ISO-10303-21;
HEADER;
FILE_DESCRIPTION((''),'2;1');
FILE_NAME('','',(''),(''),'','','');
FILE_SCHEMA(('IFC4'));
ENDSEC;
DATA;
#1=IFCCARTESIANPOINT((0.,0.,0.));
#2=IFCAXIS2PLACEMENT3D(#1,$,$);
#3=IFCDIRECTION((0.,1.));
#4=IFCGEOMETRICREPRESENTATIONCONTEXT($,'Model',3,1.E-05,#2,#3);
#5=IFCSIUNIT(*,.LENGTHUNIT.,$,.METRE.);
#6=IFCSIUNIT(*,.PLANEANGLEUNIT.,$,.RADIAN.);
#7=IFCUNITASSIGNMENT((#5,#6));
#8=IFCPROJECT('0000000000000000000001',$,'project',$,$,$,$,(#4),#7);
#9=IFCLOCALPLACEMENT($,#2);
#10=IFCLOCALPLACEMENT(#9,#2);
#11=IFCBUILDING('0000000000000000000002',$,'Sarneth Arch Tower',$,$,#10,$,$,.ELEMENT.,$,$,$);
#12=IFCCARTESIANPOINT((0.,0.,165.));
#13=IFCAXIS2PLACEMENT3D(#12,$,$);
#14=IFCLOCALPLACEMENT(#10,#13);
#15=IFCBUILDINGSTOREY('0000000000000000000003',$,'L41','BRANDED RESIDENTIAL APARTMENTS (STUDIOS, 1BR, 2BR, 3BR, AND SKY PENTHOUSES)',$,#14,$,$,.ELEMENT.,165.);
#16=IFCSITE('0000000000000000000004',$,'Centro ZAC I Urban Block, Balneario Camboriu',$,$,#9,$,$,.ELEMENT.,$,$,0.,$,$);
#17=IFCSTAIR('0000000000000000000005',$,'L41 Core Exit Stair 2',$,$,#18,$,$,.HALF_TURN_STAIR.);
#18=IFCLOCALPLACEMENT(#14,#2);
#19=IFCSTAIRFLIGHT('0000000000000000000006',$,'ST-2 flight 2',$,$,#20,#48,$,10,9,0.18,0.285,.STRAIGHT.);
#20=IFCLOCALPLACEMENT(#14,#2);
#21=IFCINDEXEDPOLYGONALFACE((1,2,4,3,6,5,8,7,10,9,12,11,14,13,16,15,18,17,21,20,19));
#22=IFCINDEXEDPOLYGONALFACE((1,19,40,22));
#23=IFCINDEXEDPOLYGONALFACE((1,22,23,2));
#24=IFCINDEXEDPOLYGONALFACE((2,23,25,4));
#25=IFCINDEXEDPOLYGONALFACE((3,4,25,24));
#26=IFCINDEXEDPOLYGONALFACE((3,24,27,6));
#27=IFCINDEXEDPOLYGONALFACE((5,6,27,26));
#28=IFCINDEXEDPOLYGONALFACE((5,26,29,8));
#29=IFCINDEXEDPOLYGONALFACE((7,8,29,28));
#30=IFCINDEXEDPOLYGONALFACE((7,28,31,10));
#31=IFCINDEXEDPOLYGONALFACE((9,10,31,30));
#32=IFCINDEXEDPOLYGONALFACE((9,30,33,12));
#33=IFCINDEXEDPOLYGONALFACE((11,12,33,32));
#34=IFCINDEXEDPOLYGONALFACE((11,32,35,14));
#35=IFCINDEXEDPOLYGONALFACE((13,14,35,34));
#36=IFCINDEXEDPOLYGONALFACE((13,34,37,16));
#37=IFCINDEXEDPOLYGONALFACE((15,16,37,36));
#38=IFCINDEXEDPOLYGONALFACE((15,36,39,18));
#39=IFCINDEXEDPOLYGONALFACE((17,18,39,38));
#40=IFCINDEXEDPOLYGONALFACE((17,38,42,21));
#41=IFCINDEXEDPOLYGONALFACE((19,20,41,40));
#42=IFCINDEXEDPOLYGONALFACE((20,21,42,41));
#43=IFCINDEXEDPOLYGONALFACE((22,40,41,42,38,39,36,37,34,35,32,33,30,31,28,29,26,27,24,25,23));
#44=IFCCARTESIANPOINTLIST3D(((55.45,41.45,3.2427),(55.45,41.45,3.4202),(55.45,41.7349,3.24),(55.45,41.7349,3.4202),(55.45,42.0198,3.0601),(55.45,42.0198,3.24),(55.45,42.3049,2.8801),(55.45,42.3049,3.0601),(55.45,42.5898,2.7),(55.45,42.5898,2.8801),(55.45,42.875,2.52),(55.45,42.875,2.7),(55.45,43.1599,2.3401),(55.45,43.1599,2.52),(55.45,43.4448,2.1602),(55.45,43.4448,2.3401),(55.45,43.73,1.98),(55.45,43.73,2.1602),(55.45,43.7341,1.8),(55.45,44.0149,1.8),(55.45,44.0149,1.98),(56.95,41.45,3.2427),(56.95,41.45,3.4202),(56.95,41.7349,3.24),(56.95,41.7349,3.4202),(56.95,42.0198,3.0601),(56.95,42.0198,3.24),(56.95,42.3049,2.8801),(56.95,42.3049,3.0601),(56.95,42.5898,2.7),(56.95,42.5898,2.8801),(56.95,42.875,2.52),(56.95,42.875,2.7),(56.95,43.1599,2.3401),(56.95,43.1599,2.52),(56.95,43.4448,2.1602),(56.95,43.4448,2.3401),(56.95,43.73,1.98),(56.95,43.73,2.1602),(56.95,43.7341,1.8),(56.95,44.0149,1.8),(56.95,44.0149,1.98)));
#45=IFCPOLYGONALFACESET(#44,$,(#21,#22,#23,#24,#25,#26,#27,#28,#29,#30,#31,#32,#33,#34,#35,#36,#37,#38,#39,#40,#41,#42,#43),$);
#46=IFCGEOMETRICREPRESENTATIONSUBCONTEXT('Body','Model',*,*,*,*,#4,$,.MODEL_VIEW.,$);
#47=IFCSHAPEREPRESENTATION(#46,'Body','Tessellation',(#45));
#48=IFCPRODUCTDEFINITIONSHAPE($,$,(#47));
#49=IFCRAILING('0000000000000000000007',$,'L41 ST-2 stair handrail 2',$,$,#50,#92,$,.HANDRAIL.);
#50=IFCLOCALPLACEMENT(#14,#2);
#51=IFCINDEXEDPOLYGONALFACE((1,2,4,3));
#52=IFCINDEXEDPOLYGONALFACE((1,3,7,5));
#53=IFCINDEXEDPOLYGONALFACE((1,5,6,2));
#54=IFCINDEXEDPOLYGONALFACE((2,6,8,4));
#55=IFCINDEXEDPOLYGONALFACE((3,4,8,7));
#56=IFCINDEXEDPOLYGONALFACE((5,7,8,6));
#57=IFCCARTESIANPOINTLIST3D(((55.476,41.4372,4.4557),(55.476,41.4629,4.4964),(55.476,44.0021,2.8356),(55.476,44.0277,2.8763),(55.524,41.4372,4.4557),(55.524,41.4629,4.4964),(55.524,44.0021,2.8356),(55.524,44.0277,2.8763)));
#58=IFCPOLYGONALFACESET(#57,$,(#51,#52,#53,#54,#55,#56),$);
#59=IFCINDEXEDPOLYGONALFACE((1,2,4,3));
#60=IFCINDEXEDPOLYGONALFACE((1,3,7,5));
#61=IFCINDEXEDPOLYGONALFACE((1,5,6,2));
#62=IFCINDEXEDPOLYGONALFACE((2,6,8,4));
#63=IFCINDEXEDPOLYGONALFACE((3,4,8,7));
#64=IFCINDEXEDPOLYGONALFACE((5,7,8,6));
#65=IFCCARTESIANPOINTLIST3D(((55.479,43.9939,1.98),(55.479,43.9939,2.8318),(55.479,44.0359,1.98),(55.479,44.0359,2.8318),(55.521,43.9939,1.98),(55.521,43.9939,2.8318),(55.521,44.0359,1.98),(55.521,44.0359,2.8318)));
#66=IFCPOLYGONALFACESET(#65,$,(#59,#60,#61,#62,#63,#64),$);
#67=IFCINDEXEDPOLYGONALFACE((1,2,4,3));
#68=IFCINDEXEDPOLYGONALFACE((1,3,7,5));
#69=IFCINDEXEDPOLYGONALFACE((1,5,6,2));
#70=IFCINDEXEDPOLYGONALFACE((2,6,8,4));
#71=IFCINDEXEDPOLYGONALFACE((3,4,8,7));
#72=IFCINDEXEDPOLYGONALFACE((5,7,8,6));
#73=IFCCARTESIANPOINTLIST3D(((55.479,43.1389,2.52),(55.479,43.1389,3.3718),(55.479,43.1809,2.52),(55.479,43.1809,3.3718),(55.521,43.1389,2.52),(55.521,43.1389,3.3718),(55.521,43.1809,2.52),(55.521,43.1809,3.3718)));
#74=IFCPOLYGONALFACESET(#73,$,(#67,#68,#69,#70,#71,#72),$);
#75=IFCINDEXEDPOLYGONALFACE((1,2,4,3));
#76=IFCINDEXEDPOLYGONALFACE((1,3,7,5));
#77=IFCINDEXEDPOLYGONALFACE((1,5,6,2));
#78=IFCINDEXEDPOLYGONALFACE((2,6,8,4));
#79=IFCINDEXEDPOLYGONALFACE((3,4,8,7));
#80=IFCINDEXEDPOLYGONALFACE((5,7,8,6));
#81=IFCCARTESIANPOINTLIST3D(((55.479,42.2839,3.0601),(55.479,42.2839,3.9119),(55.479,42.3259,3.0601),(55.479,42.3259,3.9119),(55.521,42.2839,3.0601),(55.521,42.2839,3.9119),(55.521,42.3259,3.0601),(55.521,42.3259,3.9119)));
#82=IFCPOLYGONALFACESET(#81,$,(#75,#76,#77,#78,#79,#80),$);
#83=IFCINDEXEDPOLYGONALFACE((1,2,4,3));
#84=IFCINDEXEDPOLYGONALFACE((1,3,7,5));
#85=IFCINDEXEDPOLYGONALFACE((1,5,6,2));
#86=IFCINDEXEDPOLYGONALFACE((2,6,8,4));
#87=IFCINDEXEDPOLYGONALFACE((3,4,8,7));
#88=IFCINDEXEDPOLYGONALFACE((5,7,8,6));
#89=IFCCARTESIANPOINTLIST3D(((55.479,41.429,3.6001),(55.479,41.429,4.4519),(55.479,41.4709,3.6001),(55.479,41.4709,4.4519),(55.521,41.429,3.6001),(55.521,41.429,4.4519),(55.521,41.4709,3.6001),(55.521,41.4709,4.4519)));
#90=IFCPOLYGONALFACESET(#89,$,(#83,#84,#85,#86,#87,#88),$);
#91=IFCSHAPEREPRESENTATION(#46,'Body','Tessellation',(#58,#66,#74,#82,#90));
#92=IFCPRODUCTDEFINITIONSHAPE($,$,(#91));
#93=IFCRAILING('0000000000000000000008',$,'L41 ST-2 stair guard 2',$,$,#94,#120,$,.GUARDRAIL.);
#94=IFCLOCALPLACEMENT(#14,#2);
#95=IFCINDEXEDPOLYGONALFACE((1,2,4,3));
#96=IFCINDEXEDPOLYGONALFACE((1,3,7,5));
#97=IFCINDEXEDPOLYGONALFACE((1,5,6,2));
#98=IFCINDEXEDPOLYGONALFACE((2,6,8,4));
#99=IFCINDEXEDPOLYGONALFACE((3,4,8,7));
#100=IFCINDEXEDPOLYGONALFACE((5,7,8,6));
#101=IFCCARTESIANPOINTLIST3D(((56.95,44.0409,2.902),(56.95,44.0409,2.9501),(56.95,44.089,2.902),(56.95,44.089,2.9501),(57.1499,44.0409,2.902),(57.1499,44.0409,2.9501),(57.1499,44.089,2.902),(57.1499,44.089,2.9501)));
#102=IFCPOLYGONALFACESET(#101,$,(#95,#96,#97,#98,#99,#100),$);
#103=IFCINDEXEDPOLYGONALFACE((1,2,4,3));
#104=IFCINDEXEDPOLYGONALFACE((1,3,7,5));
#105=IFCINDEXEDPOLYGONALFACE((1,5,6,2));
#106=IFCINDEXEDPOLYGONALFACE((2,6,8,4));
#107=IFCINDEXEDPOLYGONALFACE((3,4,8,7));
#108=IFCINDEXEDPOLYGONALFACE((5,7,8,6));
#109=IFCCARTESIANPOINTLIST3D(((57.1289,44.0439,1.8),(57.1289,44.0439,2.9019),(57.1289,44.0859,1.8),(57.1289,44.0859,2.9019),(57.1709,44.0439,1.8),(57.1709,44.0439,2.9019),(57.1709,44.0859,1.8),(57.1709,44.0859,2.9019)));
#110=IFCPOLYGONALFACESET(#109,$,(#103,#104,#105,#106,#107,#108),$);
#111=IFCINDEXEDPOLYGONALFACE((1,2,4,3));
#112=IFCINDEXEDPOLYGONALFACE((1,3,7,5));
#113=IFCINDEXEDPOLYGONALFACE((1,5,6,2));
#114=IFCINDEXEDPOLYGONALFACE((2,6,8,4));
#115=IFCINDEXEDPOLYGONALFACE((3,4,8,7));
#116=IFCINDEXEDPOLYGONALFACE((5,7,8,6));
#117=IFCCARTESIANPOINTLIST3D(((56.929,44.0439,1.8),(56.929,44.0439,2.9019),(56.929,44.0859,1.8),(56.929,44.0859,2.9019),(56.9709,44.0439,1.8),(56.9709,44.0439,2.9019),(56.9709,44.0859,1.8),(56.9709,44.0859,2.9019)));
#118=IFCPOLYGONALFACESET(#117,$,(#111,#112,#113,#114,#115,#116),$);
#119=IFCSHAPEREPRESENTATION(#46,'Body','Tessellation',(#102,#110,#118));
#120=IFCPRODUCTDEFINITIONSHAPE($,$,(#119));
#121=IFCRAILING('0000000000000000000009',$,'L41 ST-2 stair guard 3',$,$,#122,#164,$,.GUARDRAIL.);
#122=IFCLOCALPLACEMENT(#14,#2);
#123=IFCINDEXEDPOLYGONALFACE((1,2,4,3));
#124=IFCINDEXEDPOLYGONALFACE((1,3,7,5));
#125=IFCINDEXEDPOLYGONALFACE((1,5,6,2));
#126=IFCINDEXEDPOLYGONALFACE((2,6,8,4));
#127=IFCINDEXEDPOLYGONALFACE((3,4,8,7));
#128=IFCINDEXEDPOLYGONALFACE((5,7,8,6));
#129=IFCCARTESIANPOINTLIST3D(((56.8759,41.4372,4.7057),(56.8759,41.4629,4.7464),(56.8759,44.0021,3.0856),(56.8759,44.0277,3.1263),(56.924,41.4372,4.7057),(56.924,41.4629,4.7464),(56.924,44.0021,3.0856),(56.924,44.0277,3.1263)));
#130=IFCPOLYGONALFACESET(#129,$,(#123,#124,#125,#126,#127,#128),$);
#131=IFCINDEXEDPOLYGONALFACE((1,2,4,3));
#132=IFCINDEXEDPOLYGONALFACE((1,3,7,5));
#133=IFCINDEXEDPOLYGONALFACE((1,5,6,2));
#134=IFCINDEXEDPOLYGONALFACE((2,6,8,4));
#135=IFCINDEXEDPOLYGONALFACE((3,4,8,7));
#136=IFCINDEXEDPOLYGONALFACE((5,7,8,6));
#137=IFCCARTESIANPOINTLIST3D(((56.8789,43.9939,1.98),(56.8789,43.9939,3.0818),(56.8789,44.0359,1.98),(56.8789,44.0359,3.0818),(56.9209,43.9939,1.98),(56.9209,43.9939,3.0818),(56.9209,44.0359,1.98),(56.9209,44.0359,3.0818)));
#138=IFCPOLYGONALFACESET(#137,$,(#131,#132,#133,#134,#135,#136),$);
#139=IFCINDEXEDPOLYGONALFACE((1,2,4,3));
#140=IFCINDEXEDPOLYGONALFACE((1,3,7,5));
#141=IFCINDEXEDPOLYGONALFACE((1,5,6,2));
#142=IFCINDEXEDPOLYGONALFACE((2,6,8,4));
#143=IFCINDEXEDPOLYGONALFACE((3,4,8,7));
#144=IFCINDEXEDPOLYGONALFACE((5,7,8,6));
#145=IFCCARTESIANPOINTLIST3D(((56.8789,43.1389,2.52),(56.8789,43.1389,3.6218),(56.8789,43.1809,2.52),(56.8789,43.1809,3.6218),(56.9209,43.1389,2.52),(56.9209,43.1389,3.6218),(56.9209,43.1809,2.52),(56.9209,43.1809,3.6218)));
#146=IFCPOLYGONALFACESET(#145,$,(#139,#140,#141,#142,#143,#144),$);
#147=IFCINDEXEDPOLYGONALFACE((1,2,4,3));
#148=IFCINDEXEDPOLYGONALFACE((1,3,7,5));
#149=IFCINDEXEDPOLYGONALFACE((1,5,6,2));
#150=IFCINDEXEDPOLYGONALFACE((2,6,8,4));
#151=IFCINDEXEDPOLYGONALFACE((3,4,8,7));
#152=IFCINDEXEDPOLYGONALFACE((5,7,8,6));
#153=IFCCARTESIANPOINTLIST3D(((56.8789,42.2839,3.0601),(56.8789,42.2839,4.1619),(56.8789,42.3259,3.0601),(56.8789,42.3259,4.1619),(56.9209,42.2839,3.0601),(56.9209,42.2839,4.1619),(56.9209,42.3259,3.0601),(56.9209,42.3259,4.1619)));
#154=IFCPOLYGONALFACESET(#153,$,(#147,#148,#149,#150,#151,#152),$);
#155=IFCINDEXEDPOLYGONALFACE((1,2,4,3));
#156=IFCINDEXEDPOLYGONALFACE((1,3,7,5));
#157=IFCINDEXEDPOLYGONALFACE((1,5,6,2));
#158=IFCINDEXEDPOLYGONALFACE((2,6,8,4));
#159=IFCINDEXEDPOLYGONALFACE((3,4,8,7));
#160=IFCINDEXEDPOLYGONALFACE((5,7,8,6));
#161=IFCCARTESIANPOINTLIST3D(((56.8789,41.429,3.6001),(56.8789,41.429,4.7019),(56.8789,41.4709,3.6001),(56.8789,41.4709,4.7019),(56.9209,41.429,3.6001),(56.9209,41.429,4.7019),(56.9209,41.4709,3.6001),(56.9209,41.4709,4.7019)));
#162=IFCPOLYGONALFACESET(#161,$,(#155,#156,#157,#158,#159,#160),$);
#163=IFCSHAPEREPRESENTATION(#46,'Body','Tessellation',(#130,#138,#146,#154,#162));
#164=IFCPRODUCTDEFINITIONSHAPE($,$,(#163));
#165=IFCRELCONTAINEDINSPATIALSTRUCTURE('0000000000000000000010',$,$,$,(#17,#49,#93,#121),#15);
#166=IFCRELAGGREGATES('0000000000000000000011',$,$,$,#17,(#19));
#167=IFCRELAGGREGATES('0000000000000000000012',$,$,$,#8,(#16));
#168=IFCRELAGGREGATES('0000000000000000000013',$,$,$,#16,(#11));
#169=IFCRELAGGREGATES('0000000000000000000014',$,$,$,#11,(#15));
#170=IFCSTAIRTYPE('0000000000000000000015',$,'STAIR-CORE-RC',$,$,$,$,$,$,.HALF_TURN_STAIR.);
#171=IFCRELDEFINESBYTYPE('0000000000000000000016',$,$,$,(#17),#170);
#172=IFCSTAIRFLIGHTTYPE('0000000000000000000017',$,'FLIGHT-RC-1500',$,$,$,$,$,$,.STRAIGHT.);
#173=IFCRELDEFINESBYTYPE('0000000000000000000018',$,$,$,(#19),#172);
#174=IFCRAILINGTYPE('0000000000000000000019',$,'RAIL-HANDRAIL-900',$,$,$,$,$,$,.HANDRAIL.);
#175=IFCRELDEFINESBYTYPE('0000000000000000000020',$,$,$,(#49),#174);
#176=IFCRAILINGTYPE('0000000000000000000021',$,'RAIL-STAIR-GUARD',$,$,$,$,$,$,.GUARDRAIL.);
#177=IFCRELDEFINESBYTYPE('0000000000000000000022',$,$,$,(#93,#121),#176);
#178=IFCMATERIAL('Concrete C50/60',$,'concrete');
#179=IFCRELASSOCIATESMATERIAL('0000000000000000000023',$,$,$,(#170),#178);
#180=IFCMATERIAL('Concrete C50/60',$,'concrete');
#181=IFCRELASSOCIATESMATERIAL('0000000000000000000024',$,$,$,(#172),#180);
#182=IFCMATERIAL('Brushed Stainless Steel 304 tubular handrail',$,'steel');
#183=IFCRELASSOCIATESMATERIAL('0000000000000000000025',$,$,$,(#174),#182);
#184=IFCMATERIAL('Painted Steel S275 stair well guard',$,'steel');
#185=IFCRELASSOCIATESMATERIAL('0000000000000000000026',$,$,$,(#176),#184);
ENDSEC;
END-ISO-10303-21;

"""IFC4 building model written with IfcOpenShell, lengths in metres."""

from ifc_helpers import new_model, si_unit, direction, frame, origin, origin_2d, place, context, subcontext, project, spatial, polyline, rectangle, outline, extrude, material, type_object, element, aggregate, save


model = new_model("IFC4")

# Units and contexts
model_context = context("Model", 3, precision=1e-05, world=origin(), true_north=direction((0.0, 1.0)))
body_context = subcontext(model_context, "Body", "Model", "MODEL_VIEW")
ifc_project = project(units=[si_unit("LENGTHUNIT", "METRE"), si_unit("PLANEANGLEUNIT", "RADIAN")], contexts=[model_context])

# Site, building, storey
site_placement = place(None, origin())
site = spatial("IfcSite", under=ifc_project, at=site_placement, Name="Centro ZAC I Urban Block, Balneario Camboriu", CompositionType="ELEMENT", RefElevation=0.0)
building_placement = place(site_placement, origin())
building = spatial("IfcBuilding", under=site, at=building_placement, Name="Sarneth Arch Tower", CompositionType="ELEMENT")
storey_placement = place(building_placement, frame((0.0, 0.0, 165.0)))
storey = spatial("IfcBuildingStorey", under=building, at=storey_placement, Name="L41", Description="BRANDED RESIDENTIAL APARTMENTS (STUDIOS, 1BR, 2BR, 3BR, AND SKY PENTHOUSES)", CompositionType="ELEMENT", Elevation=165.0)

# Stair, stair flight
ifc_material_1 = material(Name="Concrete C50/60", Category="concrete")
stair_type = type_object("IfcStairType", Name="STAIR-CORE-RC", PredefinedType="HALF_TURN_STAIR", material=ifc_material_1)
stair_placement = place(storey_placement, origin())
stair = element("IfcStair", 1, at=stair_placement, inside=storey, type_object=stair_type, Name="L41 Core Exit Stair 2", PredefinedType="HALF_TURN_STAIR")
ifc_material_2 = material(Name="Concrete C50/60", Category="concrete")
stair_flight_type = type_object("IfcStairFlightType", Name="FLIGHT-RC-1500", PredefinedType="STRAIGHT", material=ifc_material_2)
stair_flight_placement = place(storey_placement, frame((56.2, 44.0149, 1.8), z_axis=(0.0, 0.0, 1.0), x_axis=(0.0, -1.0, 0.0)))
stair_flight = element("IfcStairFlight", 2, at=stair_flight_placement, type_object=stair_flight_type, Name="ST-2 flight 2", NumberOfRisers=10, NumberOfTreads=9, PredefinedType="STRAIGHT", RiserHeight=0.18, TreadLength=0.285, context=body_context, shape_type="SweptSolid", body=[
    extrude(outline(polyline([(0.0, 0.0), (0.0, 0.1799), (0.2849, 0.1799), (0.2849, 0.3601), (0.5701, 0.3601), (0.5701, 0.54), (0.855, 0.54), (0.855, 0.72), (1.1399, 0.72), (1.1399, 0.8999), (1.425, 0.8999), (1.425, 1.0801), (1.71, 1.0801), (1.71, 1.26), (1.9951, 1.26), (1.9951, 1.4399), (2.28, 1.4399), (2.28, 1.6201), (2.5649, 1.6201), (2.5649, 1.8), (2.5649, 1.4426), (0.2808, 0.0), (0.0, 0.0)])), frame((0.0, 0.75, 0.0), z_axis=(0.0, -1.0, 0.0), x_axis=(1.0, 0.0, 0.0)), (0.0, 0.0, 1.0), 1.5),
])
aggregate(stair, [stair_flight])

# Railings
ifc_material_3 = material(Name="Brushed Stainless Steel 304 tubular handrail", Category="steel")
railing_type_1 = type_object("IfcRailingType", Name="RAIL-HANDRAIL-900", PredefinedType="HANDRAIL", material=ifc_material_3)
railing_1_placement = place(storey_placement, frame((55.5, 44.0149, 1.98)))
element("IfcRailing", 3, at=railing_1_placement, inside=storey, type_object=railing_type_1, Name="L41 ST-2 stair handrail 2", PredefinedType="HANDRAIL", context=body_context, shape_type="SweptSolid", body=[
    extrude(rectangle(XDim=0.0481, YDim=0.0481, at=origin_2d()), frame((0.0, 0.0, 0.876), z_axis=(0.0, -0.845466, 0.534029), x_axis=(1.0, 0.0, 0.0)), (0.0, 0.0, 1.0), 3.0337),
    extrude(rectangle(XDim=0.042, YDim=0.042, at=origin_2d()), origin(), (0.0, 0.0, 1.0), 0.8518),
    extrude(rectangle(XDim=0.042, YDim=0.042, at=origin_2d()), frame((0.0, -0.855, 0.54)), (0.0, 0.0, 1.0), 0.8518),
    extrude(rectangle(XDim=0.042, YDim=0.042, at=origin_2d()), frame((0.0, -1.71, 1.0801)), (0.0, 0.0, 1.0), 0.8518),
    extrude(rectangle(XDim=0.042, YDim=0.042, at=origin_2d()), frame((0.0, -2.5649, 1.6201)), (0.0, 0.0, 1.0), 0.8518),
])
ifc_material_4 = material(Name="Painted Steel S275 stair well guard", Category="steel")
railing_type_2 = type_object("IfcRailingType", Name="RAIL-STAIR-GUARD", PredefinedType="GUARDRAIL", material=ifc_material_4)
railing_2_placement = place(storey_placement, frame((57.1499, 44.0649, 1.8)))
element("IfcRailing", 4, at=railing_2_placement, inside=storey, type_object=railing_type_2, Name="L41 ST-2 stair guard 2", PredefinedType="GUARDRAIL", context=body_context, shape_type="SweptSolid", body=[
    extrude(rectangle(XDim=0.0481, YDim=0.0481, at=origin_2d()), frame((0.0, 0.0, 1.126), z_axis=(-1.0, 0.0, 0.0), x_axis=(0.0, -1.0, 0.0)), (0.0, 0.0, 1.0), 0.2),
    extrude(rectangle(XDim=0.042, YDim=0.042, at=origin_2d()), origin(), (0.0, 0.0, 1.0), 1.1018),
    extrude(rectangle(XDim=0.042, YDim=0.042, at=origin_2d()), frame((-0.2, 0.0, 0.0)), (0.0, 0.0, 1.0), 1.1018),
])
railing_3_placement = place(storey_placement, frame((56.8999, 44.0149, 1.98)))
element("IfcRailing", 5, at=railing_3_placement, inside=storey, type_object=railing_type_2, Name="L41 ST-2 stair guard 3", PredefinedType="GUARDRAIL", context=body_context, shape_type="SweptSolid", body=[
    extrude(rectangle(XDim=0.0481, YDim=0.0481, at=origin_2d()), frame((0.0, 0.0, 1.126), z_axis=(0.0, -0.845466, 0.534029), x_axis=(1.0, 0.0, 0.0)), (0.0, 0.0, 1.0), 3.0337),
    extrude(rectangle(XDim=0.042, YDim=0.042, at=origin_2d()), origin(), (0.0, 0.0, 1.0), 1.1018),
    extrude(rectangle(XDim=0.042, YDim=0.042, at=origin_2d()), frame((0.0, -0.855, 0.54)), (0.0, 0.0, 1.0), 1.1018),
    extrude(rectangle(XDim=0.042, YDim=0.042, at=origin_2d()), frame((0.0, -1.71, 1.0801)), (0.0, 0.0, 1.0), 1.1018),
    extrude(rectangle(XDim=0.042, YDim=0.042, at=origin_2d()), frame((0.0, -2.5649, 1.6201)), (0.0, 0.0, 1.0), 1.1018),
])

save(model, "model.ifc")
